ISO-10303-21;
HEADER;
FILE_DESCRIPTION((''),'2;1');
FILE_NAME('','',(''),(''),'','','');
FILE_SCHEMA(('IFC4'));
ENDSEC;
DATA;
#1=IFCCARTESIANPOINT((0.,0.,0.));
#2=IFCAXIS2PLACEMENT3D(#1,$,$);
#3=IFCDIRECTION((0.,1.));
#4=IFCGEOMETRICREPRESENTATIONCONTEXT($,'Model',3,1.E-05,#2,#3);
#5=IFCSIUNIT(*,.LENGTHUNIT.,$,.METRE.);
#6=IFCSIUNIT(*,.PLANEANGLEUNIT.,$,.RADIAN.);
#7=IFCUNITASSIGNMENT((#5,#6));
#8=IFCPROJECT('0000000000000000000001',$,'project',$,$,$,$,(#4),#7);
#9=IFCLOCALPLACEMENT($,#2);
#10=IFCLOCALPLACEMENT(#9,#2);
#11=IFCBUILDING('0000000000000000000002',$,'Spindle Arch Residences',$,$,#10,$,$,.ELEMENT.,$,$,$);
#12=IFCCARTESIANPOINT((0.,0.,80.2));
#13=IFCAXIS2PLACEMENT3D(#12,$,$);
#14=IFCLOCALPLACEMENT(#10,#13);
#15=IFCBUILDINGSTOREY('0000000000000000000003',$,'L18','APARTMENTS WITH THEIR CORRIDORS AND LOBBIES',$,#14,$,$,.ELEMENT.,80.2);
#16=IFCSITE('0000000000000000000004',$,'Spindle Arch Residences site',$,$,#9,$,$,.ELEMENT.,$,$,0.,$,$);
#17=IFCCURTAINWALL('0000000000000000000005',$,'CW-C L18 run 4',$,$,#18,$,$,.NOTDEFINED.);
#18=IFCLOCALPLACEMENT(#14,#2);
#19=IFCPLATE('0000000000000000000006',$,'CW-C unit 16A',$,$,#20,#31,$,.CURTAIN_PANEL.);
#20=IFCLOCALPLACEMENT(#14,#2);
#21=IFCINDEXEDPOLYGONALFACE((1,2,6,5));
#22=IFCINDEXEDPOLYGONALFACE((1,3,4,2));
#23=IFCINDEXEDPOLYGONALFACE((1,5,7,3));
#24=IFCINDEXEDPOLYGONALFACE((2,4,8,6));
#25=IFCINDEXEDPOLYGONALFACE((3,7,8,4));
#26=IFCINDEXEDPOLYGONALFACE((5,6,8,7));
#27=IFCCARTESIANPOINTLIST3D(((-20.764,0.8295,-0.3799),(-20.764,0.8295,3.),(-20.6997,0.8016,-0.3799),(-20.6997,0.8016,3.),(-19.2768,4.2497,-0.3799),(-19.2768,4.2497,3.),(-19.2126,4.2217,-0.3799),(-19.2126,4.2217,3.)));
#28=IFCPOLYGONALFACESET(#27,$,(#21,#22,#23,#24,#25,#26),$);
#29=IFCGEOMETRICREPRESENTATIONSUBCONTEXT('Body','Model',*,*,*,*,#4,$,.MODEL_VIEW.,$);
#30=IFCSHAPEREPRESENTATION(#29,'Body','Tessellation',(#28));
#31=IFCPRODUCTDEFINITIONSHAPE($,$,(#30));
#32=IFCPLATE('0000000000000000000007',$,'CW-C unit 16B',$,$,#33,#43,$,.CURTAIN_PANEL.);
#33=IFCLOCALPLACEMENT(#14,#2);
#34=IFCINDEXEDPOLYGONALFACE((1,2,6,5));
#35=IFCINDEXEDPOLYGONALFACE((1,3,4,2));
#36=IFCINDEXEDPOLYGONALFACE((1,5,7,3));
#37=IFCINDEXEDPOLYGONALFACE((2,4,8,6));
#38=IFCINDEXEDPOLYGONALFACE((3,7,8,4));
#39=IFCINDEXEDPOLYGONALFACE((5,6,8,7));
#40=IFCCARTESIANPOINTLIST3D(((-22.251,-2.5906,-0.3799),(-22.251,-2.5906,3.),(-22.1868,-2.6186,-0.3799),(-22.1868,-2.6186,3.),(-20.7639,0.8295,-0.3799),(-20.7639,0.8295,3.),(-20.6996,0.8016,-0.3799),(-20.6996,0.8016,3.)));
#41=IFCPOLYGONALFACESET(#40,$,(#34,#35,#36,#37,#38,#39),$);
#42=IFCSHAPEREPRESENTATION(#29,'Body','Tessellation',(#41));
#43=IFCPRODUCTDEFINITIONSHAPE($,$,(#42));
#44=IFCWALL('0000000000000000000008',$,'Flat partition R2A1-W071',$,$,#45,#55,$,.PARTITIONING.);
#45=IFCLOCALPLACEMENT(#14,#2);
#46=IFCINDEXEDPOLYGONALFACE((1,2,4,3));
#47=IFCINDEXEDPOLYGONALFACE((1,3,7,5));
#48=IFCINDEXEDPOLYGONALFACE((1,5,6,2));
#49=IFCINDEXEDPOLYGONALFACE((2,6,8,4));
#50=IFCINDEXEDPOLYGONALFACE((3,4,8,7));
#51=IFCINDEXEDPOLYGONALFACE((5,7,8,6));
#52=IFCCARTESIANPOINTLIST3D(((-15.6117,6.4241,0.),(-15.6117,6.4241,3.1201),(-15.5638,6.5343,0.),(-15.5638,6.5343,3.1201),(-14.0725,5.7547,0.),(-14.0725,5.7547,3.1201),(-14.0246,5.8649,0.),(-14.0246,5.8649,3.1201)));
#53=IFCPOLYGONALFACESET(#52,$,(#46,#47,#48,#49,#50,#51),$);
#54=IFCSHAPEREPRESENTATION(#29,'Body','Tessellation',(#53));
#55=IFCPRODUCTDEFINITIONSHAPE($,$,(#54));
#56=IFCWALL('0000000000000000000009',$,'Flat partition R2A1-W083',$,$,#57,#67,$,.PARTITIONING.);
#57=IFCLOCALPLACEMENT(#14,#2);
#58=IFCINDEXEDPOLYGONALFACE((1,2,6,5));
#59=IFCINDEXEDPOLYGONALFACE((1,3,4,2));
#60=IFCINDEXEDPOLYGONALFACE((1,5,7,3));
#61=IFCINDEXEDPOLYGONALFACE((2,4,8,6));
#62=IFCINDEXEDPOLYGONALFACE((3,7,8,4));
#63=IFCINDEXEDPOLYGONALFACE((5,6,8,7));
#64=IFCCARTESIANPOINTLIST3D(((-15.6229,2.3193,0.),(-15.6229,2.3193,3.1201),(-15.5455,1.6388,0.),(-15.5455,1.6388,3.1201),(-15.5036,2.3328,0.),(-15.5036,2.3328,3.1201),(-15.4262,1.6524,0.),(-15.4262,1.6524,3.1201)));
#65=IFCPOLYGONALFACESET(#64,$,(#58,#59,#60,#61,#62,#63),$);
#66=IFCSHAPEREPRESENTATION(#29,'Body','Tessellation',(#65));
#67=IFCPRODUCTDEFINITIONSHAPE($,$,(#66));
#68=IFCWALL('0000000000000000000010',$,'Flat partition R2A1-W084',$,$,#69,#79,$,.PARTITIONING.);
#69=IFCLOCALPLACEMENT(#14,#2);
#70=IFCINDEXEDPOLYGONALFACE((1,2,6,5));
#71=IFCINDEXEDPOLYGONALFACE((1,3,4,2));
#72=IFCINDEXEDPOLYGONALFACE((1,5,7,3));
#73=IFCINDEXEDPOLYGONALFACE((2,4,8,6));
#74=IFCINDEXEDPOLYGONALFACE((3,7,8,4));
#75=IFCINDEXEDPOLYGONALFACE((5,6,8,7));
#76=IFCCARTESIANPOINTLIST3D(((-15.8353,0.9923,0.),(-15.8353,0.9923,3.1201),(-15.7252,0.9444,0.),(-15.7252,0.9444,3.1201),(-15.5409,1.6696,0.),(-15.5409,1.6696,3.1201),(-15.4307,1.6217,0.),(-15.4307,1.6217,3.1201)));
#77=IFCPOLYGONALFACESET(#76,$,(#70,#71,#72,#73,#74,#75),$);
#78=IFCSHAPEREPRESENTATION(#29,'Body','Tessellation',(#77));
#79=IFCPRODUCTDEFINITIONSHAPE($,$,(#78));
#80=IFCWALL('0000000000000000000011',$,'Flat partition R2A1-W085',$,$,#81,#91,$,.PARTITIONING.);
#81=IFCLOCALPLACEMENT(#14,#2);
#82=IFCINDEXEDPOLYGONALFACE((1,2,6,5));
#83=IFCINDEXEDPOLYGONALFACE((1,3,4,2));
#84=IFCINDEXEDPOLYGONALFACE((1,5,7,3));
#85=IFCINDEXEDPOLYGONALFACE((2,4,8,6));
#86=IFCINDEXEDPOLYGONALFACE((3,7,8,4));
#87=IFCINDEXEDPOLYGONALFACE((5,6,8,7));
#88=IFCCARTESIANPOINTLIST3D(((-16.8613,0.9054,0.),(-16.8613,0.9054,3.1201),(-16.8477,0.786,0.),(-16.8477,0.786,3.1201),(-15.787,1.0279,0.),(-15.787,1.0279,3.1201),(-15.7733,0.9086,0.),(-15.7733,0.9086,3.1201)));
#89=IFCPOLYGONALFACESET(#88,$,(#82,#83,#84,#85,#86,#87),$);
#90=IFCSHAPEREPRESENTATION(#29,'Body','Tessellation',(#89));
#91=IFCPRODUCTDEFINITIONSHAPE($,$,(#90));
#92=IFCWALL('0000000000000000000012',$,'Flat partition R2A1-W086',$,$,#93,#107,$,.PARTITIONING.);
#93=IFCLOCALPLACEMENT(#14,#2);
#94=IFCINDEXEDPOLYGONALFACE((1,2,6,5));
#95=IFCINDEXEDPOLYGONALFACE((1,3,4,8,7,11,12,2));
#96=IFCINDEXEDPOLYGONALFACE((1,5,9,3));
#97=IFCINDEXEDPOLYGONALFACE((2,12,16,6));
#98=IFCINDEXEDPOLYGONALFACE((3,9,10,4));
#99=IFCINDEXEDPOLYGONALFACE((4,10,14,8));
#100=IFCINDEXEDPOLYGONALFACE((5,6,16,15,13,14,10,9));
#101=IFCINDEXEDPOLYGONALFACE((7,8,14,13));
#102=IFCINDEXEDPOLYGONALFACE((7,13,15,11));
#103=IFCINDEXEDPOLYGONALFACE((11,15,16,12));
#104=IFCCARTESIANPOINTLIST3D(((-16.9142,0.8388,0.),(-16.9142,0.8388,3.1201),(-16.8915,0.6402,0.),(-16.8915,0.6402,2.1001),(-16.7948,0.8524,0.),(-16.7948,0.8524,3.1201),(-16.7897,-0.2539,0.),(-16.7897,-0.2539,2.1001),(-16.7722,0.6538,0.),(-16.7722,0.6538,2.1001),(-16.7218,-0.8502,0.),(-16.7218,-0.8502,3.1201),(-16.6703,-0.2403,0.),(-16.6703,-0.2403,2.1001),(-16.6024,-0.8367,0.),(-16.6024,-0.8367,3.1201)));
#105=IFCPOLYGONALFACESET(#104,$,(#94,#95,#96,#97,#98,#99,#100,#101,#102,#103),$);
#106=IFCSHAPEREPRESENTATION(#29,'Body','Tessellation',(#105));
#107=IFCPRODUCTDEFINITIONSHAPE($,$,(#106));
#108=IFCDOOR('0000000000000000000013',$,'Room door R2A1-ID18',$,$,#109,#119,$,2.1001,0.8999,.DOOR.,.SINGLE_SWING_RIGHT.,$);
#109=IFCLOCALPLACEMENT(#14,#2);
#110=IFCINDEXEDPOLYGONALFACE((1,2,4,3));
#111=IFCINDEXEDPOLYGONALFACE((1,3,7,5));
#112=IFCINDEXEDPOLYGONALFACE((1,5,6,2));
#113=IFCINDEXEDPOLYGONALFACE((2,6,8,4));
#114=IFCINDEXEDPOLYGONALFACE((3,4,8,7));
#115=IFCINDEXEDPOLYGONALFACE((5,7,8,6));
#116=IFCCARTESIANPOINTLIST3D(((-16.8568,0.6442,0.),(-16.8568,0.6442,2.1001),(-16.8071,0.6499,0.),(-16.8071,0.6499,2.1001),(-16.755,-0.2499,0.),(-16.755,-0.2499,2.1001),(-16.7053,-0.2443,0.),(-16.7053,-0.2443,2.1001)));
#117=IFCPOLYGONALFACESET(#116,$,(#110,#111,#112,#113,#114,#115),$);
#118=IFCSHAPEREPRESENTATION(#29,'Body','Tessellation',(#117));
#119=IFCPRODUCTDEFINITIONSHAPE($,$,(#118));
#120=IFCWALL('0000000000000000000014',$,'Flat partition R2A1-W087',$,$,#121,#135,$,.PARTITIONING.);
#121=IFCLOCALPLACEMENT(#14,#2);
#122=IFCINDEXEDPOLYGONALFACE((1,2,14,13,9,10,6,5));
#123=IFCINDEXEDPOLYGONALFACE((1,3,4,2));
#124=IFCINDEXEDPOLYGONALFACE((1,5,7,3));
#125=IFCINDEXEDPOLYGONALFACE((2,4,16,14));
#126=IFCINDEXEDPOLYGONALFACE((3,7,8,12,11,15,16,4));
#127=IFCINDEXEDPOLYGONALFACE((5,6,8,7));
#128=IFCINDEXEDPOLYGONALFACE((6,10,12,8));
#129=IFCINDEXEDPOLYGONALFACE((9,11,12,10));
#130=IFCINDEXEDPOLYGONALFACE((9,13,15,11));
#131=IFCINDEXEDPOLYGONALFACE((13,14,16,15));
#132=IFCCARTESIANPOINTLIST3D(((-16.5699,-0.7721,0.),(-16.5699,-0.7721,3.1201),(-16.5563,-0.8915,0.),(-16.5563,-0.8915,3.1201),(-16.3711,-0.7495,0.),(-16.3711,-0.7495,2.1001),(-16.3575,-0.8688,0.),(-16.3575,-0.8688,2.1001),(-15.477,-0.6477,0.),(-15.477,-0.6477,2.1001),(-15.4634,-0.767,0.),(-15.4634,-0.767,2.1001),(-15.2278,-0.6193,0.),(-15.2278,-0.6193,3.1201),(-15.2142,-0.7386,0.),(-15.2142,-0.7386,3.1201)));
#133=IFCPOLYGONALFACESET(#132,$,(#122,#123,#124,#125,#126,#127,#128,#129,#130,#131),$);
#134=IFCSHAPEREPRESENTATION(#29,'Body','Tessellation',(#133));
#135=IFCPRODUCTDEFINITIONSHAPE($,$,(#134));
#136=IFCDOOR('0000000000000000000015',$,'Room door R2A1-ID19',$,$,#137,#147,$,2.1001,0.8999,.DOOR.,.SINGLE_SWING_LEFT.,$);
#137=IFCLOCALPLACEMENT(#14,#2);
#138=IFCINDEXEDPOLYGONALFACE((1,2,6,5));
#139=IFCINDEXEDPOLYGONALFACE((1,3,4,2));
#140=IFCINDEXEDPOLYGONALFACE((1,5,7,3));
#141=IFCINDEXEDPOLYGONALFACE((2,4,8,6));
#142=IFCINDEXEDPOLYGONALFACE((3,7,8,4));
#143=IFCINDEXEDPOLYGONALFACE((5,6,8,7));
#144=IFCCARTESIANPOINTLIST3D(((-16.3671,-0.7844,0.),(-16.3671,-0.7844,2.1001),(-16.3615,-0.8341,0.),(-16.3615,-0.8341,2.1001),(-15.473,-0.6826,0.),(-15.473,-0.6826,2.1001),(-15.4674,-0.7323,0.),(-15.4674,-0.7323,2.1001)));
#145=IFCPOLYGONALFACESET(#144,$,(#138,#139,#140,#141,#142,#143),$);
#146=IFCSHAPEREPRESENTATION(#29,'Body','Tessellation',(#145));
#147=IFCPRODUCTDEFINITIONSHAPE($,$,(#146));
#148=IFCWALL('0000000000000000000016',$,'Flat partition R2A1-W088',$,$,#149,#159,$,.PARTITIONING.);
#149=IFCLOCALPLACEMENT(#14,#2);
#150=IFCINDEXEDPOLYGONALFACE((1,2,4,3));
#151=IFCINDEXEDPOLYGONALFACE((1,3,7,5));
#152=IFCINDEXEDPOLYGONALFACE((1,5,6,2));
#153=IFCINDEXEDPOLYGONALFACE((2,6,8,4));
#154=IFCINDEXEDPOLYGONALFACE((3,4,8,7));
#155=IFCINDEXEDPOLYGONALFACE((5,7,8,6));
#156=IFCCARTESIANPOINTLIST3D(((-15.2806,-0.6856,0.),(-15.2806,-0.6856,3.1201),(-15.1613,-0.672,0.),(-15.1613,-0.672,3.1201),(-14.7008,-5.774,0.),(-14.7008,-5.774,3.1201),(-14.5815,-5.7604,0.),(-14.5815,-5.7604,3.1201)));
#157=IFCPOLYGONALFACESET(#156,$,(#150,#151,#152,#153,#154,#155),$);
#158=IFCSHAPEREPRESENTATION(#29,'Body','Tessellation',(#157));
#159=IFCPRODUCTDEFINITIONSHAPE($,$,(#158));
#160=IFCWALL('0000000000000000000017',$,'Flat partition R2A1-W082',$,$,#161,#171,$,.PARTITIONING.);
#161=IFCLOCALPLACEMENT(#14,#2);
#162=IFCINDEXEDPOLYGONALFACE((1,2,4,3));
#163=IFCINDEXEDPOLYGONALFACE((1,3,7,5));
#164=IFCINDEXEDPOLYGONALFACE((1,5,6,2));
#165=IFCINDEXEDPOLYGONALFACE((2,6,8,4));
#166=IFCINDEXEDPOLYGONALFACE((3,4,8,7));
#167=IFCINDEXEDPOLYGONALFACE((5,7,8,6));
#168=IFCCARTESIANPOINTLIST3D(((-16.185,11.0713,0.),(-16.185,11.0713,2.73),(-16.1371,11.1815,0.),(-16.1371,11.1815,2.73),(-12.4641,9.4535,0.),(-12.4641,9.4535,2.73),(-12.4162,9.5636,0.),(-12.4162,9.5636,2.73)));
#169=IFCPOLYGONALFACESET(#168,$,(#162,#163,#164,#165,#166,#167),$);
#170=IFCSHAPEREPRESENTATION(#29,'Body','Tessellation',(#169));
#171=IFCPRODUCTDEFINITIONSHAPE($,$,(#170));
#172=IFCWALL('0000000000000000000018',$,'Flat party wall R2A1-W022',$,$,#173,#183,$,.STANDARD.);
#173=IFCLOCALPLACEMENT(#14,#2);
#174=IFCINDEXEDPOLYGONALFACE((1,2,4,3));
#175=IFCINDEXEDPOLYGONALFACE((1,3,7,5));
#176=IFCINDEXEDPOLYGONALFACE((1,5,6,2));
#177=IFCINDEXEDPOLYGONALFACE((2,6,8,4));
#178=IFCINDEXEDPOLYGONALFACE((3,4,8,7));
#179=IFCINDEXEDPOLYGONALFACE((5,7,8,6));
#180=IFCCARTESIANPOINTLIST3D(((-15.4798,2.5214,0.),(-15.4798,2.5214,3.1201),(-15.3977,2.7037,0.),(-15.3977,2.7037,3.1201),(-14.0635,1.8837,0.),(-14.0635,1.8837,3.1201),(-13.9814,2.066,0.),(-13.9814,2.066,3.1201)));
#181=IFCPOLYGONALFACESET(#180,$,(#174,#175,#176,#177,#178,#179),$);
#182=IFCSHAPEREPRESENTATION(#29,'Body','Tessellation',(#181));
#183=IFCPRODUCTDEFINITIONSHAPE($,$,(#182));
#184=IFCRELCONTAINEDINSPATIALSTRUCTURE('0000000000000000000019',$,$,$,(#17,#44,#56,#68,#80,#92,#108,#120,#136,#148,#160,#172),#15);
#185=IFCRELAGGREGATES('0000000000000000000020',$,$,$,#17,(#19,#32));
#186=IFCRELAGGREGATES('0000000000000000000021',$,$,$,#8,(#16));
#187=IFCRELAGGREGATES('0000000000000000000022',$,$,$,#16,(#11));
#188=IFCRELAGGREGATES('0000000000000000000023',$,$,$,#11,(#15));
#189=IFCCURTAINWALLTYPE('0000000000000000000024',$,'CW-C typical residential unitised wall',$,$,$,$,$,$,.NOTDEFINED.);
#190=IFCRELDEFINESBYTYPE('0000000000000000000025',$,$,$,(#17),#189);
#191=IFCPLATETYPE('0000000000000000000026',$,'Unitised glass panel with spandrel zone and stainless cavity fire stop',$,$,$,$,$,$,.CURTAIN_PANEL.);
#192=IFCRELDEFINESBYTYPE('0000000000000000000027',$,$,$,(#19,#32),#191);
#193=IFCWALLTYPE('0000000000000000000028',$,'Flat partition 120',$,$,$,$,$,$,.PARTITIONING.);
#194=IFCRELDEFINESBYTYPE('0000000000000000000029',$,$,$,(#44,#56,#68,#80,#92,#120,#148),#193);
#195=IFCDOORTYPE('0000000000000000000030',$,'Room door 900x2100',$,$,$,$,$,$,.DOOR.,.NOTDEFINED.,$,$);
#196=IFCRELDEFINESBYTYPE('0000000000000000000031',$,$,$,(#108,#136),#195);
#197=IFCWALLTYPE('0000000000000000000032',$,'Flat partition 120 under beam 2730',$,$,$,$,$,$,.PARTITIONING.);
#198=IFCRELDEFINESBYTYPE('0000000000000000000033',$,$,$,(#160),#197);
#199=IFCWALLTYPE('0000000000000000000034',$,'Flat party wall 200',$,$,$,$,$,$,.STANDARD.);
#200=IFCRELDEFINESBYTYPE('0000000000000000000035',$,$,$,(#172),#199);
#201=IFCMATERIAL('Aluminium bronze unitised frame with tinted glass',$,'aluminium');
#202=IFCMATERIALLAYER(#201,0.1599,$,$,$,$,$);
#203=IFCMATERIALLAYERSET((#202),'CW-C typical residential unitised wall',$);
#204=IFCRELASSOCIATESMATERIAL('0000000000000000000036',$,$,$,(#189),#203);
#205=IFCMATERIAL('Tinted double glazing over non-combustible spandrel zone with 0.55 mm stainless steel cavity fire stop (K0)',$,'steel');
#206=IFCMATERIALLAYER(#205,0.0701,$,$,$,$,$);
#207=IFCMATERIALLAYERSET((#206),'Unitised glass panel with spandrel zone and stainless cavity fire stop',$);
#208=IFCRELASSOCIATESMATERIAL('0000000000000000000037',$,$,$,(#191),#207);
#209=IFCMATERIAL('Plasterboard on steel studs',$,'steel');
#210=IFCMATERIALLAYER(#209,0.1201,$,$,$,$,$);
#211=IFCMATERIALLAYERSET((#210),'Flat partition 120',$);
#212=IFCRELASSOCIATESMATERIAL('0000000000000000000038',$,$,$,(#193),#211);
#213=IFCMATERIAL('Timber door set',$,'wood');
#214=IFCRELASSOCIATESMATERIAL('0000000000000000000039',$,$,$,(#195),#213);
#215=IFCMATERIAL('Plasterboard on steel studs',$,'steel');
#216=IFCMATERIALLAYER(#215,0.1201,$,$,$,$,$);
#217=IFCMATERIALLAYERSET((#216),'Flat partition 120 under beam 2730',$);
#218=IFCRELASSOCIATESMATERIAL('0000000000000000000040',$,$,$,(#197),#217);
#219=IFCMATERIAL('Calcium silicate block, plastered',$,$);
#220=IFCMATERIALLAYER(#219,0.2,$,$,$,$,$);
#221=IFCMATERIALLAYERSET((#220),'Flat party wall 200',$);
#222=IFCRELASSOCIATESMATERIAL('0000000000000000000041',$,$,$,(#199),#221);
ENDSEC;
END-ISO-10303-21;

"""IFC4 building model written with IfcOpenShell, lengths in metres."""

from ifc_helpers import new_model, si_unit, direction, frame, frame_2d, origin, origin_2d, place, context, subcontext, project, spatial, rectangle, extrude, material, layer, layer_set, type_object, element, fill, aggregate, save


model = new_model("IFC4")

# Units and contexts
model_context = context("Model", 3, precision=1e-05, world=origin(), true_north=direction((0.0, 1.0)))
body_context = subcontext(model_context, "Body", "Model", "MODEL_VIEW")
ifc_project = project(units=[si_unit("LENGTHUNIT", "METRE"), si_unit("PLANEANGLEUNIT", "RADIAN")], contexts=[model_context])

# Site, building, storey
site_placement = place(None, origin())
site = spatial("IfcSite", under=ifc_project, at=site_placement, Name="Spindle Arch Residences site", CompositionType="ELEMENT", RefElevation=0.0)
building_placement = place(site_placement, origin())
building = spatial("IfcBuilding", under=site, at=building_placement, Name="Spindle Arch Residences", CompositionType="ELEMENT")
storey_placement = place(building_placement, frame((0.0, 0.0, 80.2)))
storey = spatial("IfcBuildingStorey", under=building, at=storey_placement, Name="L18", Description="APARTMENTS WITH THEIR CORRIDORS AND LOBBIES", CompositionType="ELEMENT", Elevation=80.2)

# Curtain wall
ifc_material_1 = material(Name="Aluminium bronze unitised frame with tinted glass", Category="aluminium")
ifc_layer_1 = layer(ifc_material_1, 0.1599)
ifc_layer_set_1 = layer_set([ifc_layer_1], Name="CW-C typical residential unitised wall")
curtain_wall_type = type_object("IfcCurtainWallType", Name="CW-C typical residential unitised wall", PredefinedType="NOTDEFINED", material=ifc_layer_set_1)
curtain_wall_placement = place(storey_placement, origin())
curtain_wall = element("IfcCurtainWall", 1, at=curtain_wall_placement, inside=storey, type_object=curtain_wall_type, Name="CW-C L18 run 4", PredefinedType="NOTDEFINED")

# Plates
ifc_material_2 = material(Name="Tinted double glazing over non-combustible spandrel zone with 0.55 mm stainless steel cavity fire stop (K0)", Category="steel")
ifc_layer_2 = layer(ifc_material_2, 0.0701)
ifc_layer_set_2 = layer_set([ifc_layer_2], Name="Unitised glass panel with spandrel zone and stainless cavity fire stop")
plate_type = type_object("IfcPlateType", Name="Unitised glass panel with spandrel zone and stainless cavity fire stop", PredefinedType="CURTAIN_PANEL", material=ifc_layer_set_2)
plate_1_placement = place(storey_placement, frame((-19.9883, 2.5256, -0.3799), z_axis=(0.0, 0.0, 1.0), x_axis=(-0.398749, -0.91706, 0.0)))
plate_1 = element("IfcPlate", 2, at=plate_1_placement, type_object=plate_type, Name="CW-C unit 16A", PredefinedType="CURTAIN_PANEL", context=body_context, shape_type="SweptSolid", body=[
    extrude(rectangle(XDim=3.7295, YDim=0.0701, at=origin_2d()), origin(), (0.0, 0.0, 1.0), 3.3799),
])
plate_2_placement = place(storey_placement, frame((-21.4753, -0.8945, -0.3799), z_axis=(0.0, 0.0, 1.0), x_axis=(-0.398749, -0.91706, 0.0)))
plate_2 = element("IfcPlate", 3, at=plate_2_placement, type_object=plate_type, Name="CW-C unit 16B", PredefinedType="CURTAIN_PANEL", context=body_context, shape_type="SweptSolid", body=[
    extrude(rectangle(XDim=3.7295, YDim=0.0701, at=origin_2d()), origin(), (0.0, 0.0, 1.0), 3.3799),
])
aggregate(curtain_wall, [plate_1, plate_2])

# Walls
ifc_material_3 = material(Name="Plasterboard on steel studs", Category="steel")
ifc_layer_3 = layer(ifc_material_3, 0.1201)
ifc_layer_set_3 = layer_set([ifc_layer_3], Name="Flat partition 120")
wall_type_1 = type_object("IfcWallType", Name="Flat partition 120", PredefinedType="PARTITIONING", material=ifc_layer_set_3)
wall_1_placement = place(storey_placement, frame((-15.5879, 6.4792, 0.0), z_axis=(0.0, 0.0, 1.0), x_axis=(0.917033, -0.398811, 0.0)))
element("IfcWall", 4, at=wall_1_placement, inside=storey, type_object=wall_type_1, Name="Flat partition R2A1-W071", PredefinedType="PARTITIONING", context=body_context, shape_type="SweptSolid", body=[
    extrude(rectangle(XDim=1.6785, YDim=0.1201, at=frame_2d((0.8394, 0.0))), origin(), (0.0, 0.0, 1.0), 3.1201),
])
wall_2_placement = place(storey_placement, frame((-15.5632, 2.3259, 0.0), z_axis=(0.0, 0.0, 1.0), x_axis=(0.113014, -0.993593, 0.0)))
element("IfcWall", 5, at=wall_2_placement, inside=storey, type_object=wall_type_1, Name="Flat partition R2A1-W083", PredefinedType="PARTITIONING", context=body_context, shape_type="SweptSolid", body=[
    extrude(rectangle(XDim=0.6848, YDim=0.1201, at=frame_2d((0.3423, 0.0))), origin(), (0.0, 0.0, 1.0), 3.1201),
])
wall_3_placement = place(storey_placement, frame((-15.4858, 1.6455, 0.0), z_axis=(0.0, 0.0, 1.0), x_axis=(-0.398702, -0.917081, 0.0)))
element("IfcWall", 6, at=wall_3_placement, inside=storey, type_object=wall_type_1, Name="Flat partition R2A1-W084", PredefinedType="PARTITIONING", context=body_context, shape_type="SweptSolid", body=[
    extrude(rectangle(XDim=0.7385, YDim=0.1201, at=frame_2d((0.3691, 0.0))), origin(), (0.0, 0.0, 1.0), 3.1201),
])
wall_4_placement = place(storey_placement, frame((-15.7803, 0.9683, 0.0), z_axis=(0.0, 0.0, 1.0), x_axis=(-0.993554, -0.113356, 0.0)))
element("IfcWall", 7, at=wall_4_placement, inside=storey, type_object=wall_type_1, Name="Flat partition R2A1-W085", PredefinedType="PARTITIONING", context=body_context, shape_type="SweptSolid", body=[
    extrude(rectangle(XDim=1.0813, YDim=0.1201, at=frame_2d((0.5405, 0.0))), origin(), (0.0, 0.0, 1.0), 3.1201),
])

# Walls, openings, doors
wall_5_placement = place(storey_placement, frame((-16.8545, 0.8457, 0.0), z_axis=(0.0, 0.0, 1.0), x_axis=(0.113174, -0.993575, 0.0)))
wall_5 = element("IfcWall", 8, at=wall_5_placement, inside=storey, type_object=wall_type_1, Name="Flat partition R2A1-W086", PredefinedType="PARTITIONING", context=body_context, shape_type="SweptSolid", body=[
    extrude(rectangle(XDim=1.7, YDim=0.1201, at=frame_2d((0.8501, 0.0))), origin(), (0.0, 0.0, 1.0), 3.1201),
])
opening_1_placement = place(wall_5_placement, frame((0.2, 0.0, 0.0)))
opening_1 = element("IfcOpeningElement", 9, at=opening_1_placement, cuts=wall_5, PredefinedType="OPENING", context=body_context, shape_type="SweptSolid", body=[
    extrude(rectangle(XDim=0.8999, YDim=2.1001, at=frame_2d((0.45, 1.05))), frame((0.0, 0.0701, 0.0), z_axis=(0.0, -1.0, 0.0), x_axis=(1.0, 0.0, 0.0)), (0.0, 0.0, 1.0), 0.1401),
])
ifc_material_4 = material(Name="Timber door set", Category="wood")
door_type_1 = type_object("IfcDoorType", Name="Room door 900x2100", OperationType="NOTDEFINED", PredefinedType="DOOR", material=ifc_material_4)
door_1_placement = place(opening_1_placement, origin())
door_1 = element("IfcDoor", 10, at=door_1_placement, inside=storey, type_object=door_type_1, Name="Room door R2A1-ID18", OperationType="SINGLE_SWING_RIGHT", OverallHeight=2.1001, OverallWidth=0.8999, PredefinedType="DOOR", context=body_context, shape_type="SweptSolid", body=[
    extrude(rectangle(XDim=0.8999, YDim=2.1001, at=frame_2d((0.45, 1.05))), frame((0.0, 0.0249, 0.0), z_axis=(0.0, -1.0, 0.0), x_axis=(1.0, 0.0, 0.0)), (0.0, 0.0, 1.0), 0.05),
])
fill(opening_1, door_1)
wall_6_placement = place(storey_placement, frame((-16.563, -0.8318, 0.0), z_axis=(0.0, 0.0, 1.0), x_axis=(0.993578, 0.113149, 0.0)))
wall_6 = element("IfcWall", 11, at=wall_6_placement, inside=storey, type_object=wall_type_1, Name="Flat partition R2A1-W087", PredefinedType="PARTITIONING", context=body_context, shape_type="SweptSolid", body=[
    extrude(rectangle(XDim=1.3508, YDim=0.1201, at=frame_2d((0.6753, 0.0))), origin(), (0.0, 0.0, 1.0), 3.1201),
])
opening_2_placement = place(wall_6_placement, frame((0.2, 0.0, 0.0)))
opening_2 = element("IfcOpeningElement", 12, at=opening_2_placement, cuts=wall_6, PredefinedType="OPENING", context=body_context, shape_type="SweptSolid", body=[
    extrude(rectangle(XDim=0.8999, YDim=2.1001, at=frame_2d((0.45, 1.05))), frame((0.0, 0.0701, 0.0), z_axis=(0.0, -1.0, 0.0), x_axis=(1.0, 0.0, 0.0)), (0.0, 0.0, 1.0), 0.1401),
])
door_2_placement = place(opening_2_placement, origin())
door_2 = element("IfcDoor", 13, at=door_2_placement, inside=storey, type_object=door_type_1, Name="Room door R2A1-ID19", OperationType="SINGLE_SWING_LEFT", OverallHeight=2.1001, OverallWidth=0.8999, PredefinedType="DOOR", context=body_context, shape_type="SweptSolid", body=[
    extrude(rectangle(XDim=0.8999, YDim=2.1001, at=frame_2d((0.45, 1.05))), frame((0.0, 0.0249, 0.0), z_axis=(0.0, -1.0, 0.0), x_axis=(1.0, 0.0, 0.0)), (0.0, 0.0, 1.0), 0.05),
])
fill(opening_2, door_2)

# Walls
wall_7_placement = place(storey_placement, frame((-15.2209, -0.679, 0.0), z_axis=(0.0, 0.0, 1.0), x_axis=(0.11322, -0.99357, 0.0)))
element("IfcWall", 14, at=wall_7_placement, inside=storey, type_object=wall_type_1, Name="Flat partition R2A1-W088", PredefinedType="PARTITIONING", context=body_context, shape_type="SweptSolid", body=[
    extrude(rectangle(XDim=5.1213, YDim=0.1201, at=frame_2d((2.5605, 0.0))), origin(), (0.0, 0.0, 1.0), 3.1201),
])
ifc_material_5 = material(Name="Plasterboard on steel studs", Category="steel")
ifc_layer_4 = layer(ifc_material_5, 0.1201)
ifc_layer_set_4 = layer_set([ifc_layer_4], Name="Flat partition 120 under beam 2730")
wall_type_2 = type_object("IfcWallType", Name="Flat partition 120 under beam 2730", PredefinedType="PARTITIONING", material=ifc_layer_set_4)
wall_8_placement = place(storey_placement, frame((-16.1611, 11.1265, 0.0), z_axis=(0.0, 0.0, 1.0), x_axis=(0.91706, -0.39875, 0.0)))
element("IfcWall", 15, at=wall_8_placement, inside=storey, type_object=wall_type_2, Name="Flat partition R2A1-W082", PredefinedType="PARTITIONING", context=body_context, shape_type="SweptSolid", body=[
    extrude(rectangle(XDim=4.0574, YDim=0.1201, at=frame_2d((2.0288, 0.0))), origin(), (0.0, 0.0, 1.0), 2.73),
])
ifc_material_6 = material(Name="Calcium silicate block, plastered")
ifc_layer_5 = layer(ifc_material_6, 0.2)
ifc_layer_set_5 = layer_set([ifc_layer_5], Name="Flat party wall 200")
wall_type_3 = type_object("IfcWallType", Name="Flat party wall 200", PredefinedType="STANDARD", material=ifc_layer_set_5)
wall_9_placement = place(storey_placement, frame((-15.4387, 2.6125, 0.0), z_axis=(0.0, 0.0, 1.0), x_axis=(0.91183, -0.410567, 0.0)))
element("IfcWall", 16, at=wall_9_placement, inside=storey, type_object=wall_type_3, Name="Flat party wall R2A1-W022", PredefinedType="STANDARD", context=body_context, shape_type="SweptSolid", body=[
    extrude(rectangle(XDim=1.5532, YDim=0.2, at=frame_2d((0.7766, 0.0))), origin(), (0.0, 0.0, 1.0), 3.1201),
])

save(model, "model.ifc")
